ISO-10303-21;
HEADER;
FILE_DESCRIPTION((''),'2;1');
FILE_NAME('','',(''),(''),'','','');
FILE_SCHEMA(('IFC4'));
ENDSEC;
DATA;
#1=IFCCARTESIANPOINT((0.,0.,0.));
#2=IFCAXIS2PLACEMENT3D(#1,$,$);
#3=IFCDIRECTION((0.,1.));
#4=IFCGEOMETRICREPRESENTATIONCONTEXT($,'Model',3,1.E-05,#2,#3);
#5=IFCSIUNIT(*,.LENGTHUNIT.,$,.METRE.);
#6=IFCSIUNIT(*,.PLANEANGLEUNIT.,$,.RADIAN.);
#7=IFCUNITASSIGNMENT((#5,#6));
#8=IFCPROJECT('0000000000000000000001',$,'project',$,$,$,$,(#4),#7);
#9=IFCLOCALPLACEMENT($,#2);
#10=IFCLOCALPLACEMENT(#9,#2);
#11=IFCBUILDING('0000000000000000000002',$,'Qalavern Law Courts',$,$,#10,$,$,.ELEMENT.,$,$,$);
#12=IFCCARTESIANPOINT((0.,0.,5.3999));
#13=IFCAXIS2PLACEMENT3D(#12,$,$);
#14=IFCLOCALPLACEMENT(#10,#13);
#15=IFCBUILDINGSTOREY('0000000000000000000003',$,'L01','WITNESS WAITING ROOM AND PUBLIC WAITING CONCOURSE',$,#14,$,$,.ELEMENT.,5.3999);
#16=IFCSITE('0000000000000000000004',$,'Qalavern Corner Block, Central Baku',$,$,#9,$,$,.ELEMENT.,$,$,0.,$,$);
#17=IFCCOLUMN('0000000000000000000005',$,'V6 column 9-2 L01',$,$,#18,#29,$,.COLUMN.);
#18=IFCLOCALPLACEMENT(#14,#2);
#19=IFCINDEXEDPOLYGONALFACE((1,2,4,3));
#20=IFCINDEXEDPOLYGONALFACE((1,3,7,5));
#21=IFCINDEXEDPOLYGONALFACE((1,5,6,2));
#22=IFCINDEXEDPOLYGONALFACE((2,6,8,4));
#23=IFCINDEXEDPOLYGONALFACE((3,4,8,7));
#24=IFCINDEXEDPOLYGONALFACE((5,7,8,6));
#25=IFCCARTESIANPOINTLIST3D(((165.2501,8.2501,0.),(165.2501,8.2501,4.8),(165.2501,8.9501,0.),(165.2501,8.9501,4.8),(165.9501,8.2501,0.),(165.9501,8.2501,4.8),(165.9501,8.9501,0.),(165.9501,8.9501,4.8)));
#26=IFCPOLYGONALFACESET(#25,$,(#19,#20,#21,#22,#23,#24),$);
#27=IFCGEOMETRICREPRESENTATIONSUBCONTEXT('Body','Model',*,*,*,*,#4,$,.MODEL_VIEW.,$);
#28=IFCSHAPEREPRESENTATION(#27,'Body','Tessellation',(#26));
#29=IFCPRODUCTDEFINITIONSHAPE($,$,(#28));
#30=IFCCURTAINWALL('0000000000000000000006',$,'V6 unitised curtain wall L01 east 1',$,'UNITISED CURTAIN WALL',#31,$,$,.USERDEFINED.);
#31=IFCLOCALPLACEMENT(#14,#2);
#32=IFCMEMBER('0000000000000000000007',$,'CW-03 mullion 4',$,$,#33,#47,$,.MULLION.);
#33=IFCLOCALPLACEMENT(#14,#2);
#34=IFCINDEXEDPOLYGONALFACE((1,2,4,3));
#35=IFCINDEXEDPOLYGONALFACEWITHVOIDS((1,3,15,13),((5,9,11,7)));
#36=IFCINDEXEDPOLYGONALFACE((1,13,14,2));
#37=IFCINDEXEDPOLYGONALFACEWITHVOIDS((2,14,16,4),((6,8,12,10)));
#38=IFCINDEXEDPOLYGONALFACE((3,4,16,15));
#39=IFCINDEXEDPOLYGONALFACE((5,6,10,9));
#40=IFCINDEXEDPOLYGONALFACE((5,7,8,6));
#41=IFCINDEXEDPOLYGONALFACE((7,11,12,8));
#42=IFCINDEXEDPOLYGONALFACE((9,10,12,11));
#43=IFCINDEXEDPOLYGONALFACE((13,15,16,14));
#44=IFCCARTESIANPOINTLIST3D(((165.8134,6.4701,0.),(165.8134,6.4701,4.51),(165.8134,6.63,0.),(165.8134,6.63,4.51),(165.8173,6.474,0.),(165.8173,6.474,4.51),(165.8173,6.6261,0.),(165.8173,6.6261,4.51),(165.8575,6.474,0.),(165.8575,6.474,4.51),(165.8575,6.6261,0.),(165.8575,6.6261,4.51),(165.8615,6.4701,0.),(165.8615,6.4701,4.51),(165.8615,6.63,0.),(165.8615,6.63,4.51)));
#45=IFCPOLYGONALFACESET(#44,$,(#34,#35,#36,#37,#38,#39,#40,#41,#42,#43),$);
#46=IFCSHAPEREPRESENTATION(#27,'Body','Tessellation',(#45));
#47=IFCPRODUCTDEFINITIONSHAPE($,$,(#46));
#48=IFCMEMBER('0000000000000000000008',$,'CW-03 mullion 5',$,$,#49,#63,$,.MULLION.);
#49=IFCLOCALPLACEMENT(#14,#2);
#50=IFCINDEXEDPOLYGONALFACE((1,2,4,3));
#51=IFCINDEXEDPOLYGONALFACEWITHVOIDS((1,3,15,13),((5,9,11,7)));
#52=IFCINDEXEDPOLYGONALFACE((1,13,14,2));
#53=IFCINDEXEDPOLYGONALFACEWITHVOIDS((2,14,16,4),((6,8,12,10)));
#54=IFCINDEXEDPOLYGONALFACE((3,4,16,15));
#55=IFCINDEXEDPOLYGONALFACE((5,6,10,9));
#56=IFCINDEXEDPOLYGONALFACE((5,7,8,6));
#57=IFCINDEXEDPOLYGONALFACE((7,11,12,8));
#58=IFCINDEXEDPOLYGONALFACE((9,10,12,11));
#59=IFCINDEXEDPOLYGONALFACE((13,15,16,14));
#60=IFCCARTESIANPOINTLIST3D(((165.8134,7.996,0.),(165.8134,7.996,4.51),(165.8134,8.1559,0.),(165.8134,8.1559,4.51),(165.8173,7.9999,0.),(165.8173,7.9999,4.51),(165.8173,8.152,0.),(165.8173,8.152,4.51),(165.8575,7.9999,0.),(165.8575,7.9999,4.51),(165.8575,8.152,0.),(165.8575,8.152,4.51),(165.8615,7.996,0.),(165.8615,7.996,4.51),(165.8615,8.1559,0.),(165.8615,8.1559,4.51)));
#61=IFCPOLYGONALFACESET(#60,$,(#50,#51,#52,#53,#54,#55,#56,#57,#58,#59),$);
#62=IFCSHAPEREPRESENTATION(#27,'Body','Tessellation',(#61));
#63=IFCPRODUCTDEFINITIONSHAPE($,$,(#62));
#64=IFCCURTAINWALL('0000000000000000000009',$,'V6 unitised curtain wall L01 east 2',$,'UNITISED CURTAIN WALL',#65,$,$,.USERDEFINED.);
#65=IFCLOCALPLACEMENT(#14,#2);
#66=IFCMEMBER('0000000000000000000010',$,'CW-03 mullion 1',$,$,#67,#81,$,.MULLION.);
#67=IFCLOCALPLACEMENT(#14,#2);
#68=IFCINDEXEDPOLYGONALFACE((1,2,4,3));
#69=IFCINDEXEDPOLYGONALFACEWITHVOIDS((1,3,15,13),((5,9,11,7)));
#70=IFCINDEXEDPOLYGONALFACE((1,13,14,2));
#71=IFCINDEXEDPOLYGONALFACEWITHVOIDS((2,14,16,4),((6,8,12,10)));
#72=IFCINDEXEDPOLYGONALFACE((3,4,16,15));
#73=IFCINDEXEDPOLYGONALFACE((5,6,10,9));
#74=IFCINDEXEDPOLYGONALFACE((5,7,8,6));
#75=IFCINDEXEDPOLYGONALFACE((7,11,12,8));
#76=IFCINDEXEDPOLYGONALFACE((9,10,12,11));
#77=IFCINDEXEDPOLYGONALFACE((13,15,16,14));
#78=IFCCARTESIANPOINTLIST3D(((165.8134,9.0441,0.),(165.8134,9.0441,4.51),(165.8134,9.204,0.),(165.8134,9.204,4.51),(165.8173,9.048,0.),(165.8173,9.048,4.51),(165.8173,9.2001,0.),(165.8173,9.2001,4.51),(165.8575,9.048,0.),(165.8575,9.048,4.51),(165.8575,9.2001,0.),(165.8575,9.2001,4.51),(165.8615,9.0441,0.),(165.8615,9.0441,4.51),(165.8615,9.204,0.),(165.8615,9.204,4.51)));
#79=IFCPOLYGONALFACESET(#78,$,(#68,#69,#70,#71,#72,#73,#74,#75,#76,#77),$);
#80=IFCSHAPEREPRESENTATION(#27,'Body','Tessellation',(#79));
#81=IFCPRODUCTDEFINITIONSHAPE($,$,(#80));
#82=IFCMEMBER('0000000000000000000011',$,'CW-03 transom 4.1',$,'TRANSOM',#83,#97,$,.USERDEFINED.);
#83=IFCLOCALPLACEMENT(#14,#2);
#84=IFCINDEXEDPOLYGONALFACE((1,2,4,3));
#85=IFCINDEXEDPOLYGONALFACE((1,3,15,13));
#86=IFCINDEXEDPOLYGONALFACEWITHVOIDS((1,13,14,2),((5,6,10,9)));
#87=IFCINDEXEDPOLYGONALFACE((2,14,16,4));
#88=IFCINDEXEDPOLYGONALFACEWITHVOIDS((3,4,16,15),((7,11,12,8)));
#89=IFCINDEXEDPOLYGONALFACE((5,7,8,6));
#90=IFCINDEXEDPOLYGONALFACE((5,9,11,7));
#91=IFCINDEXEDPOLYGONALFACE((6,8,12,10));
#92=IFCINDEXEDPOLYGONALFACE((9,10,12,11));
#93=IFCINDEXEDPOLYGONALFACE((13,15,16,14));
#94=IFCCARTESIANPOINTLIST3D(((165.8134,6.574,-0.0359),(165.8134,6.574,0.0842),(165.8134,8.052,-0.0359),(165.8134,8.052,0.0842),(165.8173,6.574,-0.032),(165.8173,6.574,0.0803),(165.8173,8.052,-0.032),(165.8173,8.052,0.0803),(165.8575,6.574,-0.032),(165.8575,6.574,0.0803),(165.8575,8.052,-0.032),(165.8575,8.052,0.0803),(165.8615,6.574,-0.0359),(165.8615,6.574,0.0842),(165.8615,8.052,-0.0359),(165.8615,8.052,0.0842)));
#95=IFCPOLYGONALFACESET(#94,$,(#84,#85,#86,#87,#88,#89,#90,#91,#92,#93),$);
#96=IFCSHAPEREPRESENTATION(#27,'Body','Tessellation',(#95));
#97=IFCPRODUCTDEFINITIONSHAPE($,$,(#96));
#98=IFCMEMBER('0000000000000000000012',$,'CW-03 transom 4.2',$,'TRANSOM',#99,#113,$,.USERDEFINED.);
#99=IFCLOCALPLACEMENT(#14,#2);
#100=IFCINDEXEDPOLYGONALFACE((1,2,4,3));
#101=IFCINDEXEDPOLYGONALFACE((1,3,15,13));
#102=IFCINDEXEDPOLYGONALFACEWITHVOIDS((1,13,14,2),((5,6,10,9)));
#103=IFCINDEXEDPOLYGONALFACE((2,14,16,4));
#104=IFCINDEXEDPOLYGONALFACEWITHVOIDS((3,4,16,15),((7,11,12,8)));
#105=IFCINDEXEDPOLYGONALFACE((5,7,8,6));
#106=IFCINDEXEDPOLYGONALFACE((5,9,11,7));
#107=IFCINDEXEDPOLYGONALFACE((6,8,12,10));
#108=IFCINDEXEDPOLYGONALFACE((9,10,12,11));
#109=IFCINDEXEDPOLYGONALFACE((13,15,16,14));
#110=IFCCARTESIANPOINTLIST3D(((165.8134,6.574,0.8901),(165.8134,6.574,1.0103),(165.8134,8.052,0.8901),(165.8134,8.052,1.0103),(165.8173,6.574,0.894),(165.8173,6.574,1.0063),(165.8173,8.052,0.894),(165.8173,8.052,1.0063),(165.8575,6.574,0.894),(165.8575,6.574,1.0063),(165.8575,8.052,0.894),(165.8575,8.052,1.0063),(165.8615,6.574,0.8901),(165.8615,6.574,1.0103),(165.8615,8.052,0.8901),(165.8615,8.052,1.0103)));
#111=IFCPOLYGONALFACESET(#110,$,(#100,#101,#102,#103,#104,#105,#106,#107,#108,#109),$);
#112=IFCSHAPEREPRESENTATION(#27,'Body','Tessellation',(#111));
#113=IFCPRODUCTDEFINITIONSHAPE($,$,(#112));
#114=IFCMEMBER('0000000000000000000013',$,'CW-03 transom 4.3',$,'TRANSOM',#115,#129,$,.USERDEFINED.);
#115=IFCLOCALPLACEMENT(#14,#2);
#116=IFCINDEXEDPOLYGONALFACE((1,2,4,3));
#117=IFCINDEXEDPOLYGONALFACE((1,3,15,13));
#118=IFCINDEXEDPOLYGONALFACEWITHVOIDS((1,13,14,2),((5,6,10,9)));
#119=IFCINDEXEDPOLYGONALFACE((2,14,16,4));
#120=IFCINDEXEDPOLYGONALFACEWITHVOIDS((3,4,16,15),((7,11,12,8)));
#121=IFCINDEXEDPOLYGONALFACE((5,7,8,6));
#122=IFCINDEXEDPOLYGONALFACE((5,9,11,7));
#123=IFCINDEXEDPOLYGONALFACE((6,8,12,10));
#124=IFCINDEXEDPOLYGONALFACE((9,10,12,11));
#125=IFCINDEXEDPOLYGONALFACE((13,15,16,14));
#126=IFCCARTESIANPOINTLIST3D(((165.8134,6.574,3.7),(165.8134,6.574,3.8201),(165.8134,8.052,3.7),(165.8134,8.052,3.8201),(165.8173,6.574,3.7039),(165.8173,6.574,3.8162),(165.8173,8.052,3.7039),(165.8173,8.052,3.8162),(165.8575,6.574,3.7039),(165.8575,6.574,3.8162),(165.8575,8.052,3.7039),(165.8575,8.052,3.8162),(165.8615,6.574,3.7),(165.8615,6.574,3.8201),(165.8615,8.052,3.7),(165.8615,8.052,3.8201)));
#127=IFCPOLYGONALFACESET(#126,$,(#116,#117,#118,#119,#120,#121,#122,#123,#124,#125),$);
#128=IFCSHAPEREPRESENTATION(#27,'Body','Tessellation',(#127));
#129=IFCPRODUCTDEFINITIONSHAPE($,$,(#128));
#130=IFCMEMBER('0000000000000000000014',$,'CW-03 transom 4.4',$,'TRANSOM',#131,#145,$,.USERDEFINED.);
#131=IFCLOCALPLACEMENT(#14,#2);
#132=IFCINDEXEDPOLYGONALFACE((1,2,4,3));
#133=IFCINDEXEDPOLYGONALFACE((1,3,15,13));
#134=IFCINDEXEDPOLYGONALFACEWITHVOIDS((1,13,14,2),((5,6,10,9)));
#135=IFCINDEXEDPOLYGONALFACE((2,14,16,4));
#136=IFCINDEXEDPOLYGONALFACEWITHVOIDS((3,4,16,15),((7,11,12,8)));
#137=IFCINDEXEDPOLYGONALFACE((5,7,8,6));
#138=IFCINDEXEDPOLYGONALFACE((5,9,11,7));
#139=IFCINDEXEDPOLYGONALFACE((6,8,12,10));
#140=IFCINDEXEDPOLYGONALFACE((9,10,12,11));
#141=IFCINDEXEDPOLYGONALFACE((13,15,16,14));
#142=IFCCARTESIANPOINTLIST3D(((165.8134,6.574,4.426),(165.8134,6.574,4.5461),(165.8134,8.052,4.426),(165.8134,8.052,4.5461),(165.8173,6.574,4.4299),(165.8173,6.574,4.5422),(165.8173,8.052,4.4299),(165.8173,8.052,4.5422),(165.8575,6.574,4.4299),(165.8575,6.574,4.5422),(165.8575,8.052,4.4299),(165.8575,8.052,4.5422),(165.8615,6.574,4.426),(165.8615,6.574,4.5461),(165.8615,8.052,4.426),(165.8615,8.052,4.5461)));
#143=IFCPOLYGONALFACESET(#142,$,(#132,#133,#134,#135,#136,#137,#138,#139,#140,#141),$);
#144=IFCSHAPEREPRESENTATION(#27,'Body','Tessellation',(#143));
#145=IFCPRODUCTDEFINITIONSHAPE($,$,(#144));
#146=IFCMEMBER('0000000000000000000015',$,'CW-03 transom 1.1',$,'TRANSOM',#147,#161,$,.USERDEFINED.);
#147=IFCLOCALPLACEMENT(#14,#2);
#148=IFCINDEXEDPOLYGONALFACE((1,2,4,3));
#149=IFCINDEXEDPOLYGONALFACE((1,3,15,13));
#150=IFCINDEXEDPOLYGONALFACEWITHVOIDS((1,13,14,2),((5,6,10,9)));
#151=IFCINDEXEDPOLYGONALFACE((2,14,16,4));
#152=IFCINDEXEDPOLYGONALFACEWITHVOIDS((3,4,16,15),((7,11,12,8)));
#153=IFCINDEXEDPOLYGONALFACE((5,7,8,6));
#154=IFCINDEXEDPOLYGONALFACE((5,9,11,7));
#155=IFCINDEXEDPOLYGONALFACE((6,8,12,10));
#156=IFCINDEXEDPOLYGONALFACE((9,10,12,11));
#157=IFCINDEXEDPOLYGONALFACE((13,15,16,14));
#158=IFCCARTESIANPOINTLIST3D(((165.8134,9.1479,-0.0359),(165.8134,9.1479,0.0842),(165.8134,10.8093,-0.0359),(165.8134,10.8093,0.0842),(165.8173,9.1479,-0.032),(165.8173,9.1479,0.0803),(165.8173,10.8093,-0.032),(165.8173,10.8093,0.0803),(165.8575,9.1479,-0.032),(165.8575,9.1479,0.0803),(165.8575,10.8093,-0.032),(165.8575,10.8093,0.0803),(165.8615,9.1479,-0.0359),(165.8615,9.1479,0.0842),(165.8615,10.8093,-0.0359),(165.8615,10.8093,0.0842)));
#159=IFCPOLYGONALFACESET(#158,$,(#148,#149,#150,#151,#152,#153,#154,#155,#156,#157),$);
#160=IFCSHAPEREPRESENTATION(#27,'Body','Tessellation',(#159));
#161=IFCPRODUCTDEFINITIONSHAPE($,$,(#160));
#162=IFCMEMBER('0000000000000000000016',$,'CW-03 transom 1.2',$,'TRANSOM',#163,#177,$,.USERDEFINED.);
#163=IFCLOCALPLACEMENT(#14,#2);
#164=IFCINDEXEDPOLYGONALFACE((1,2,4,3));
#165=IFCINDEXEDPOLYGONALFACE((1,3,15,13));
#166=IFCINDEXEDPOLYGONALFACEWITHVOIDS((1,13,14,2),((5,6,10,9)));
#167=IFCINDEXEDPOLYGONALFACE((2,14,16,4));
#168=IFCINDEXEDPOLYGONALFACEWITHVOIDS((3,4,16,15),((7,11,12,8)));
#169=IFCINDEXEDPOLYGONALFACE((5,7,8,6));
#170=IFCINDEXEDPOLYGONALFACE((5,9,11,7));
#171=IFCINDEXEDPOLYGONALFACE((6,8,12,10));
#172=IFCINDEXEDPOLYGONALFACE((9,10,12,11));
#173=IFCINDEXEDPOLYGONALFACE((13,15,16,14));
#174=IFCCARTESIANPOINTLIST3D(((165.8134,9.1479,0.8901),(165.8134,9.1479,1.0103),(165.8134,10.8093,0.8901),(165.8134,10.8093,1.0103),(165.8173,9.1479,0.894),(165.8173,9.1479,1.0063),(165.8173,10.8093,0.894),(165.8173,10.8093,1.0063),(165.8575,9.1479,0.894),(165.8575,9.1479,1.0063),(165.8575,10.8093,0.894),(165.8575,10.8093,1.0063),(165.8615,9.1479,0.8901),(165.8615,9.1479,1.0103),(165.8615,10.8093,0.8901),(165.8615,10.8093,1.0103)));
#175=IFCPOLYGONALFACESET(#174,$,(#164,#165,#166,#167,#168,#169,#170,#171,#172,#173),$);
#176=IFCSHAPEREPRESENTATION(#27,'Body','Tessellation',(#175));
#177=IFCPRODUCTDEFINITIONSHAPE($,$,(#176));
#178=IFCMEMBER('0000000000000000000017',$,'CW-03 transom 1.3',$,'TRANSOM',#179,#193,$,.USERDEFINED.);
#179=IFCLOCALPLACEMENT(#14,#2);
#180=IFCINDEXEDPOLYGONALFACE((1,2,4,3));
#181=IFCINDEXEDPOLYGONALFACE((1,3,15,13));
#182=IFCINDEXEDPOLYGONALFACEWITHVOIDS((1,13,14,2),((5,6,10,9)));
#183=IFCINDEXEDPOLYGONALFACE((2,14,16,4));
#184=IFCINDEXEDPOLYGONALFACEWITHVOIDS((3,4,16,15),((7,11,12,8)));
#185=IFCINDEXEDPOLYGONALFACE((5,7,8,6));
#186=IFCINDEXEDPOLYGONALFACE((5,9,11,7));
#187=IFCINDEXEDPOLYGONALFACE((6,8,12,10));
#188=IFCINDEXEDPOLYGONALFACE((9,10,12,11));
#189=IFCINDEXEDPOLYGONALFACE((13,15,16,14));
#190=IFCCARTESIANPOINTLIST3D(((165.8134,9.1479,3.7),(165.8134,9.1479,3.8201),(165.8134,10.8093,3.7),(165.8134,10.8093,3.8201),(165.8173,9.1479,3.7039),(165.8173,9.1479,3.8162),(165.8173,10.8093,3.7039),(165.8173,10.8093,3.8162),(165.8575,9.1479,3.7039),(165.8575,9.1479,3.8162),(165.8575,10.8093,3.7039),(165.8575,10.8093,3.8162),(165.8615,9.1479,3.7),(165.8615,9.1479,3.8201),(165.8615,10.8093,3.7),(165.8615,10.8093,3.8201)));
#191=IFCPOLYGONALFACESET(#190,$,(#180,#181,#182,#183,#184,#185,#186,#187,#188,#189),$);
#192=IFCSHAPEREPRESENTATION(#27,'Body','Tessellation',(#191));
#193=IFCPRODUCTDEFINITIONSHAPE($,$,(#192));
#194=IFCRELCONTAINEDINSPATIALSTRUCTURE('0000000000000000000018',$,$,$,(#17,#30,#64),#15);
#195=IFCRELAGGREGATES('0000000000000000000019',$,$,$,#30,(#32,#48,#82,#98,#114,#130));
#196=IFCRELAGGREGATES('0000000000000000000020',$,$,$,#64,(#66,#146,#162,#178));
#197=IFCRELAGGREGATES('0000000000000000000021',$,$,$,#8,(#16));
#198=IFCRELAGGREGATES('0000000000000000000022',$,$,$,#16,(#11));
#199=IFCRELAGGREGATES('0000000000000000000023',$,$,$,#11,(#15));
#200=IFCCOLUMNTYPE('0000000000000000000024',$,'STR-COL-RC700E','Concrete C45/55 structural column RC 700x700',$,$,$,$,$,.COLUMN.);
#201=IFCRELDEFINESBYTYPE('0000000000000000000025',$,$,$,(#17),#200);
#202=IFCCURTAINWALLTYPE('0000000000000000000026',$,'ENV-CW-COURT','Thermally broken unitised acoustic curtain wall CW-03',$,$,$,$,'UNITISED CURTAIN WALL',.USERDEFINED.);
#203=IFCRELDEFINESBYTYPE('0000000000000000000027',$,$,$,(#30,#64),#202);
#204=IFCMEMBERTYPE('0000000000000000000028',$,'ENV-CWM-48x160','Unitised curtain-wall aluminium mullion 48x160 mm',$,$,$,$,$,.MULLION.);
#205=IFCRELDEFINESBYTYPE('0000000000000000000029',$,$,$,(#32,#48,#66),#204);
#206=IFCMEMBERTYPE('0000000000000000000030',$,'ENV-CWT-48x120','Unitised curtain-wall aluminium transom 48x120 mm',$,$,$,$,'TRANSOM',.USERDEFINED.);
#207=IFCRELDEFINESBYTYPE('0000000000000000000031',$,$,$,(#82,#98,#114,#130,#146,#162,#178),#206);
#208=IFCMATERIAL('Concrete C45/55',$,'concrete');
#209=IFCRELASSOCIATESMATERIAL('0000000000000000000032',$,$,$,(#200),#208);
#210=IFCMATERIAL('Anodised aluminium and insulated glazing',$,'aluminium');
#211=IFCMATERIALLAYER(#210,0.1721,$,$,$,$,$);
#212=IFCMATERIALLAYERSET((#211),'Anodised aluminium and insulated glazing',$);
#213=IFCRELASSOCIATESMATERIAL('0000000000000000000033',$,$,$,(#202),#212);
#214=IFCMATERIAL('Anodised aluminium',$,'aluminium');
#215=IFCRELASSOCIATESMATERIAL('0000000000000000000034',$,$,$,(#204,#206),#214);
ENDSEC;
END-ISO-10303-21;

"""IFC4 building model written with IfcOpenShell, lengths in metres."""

from ifc_helpers import new_model, si_unit, direction, frame, origin, origin_2d, place, context, subcontext, project, spatial, rectangle, hollow_rectangle, extrude, material, layer, layer_set, material_profile, profile_set, type_object, element, aggregate, save


model = new_model("IFC4")

# Units and contexts
model_context = context("Model", 3, precision=1e-05, world=origin(), true_north=direction((0.0, 1.0)))
body_context = subcontext(model_context, "Body", "Model", "MODEL_VIEW")
ifc_project = project(units=[si_unit("LENGTHUNIT", "METRE"), si_unit("PLANEANGLEUNIT", "RADIAN")], contexts=[model_context])

# Site, building, storey
site_placement = place(None, origin())
site = spatial("IfcSite", under=ifc_project, at=site_placement, Name="Qalavern Corner Block, Central Baku", CompositionType="ELEMENT", RefElevation=0.0)
building_placement = place(site_placement, origin())
building = spatial("IfcBuilding", under=site, at=building_placement, Name="Qalavern Law Courts", CompositionType="ELEMENT")
storey_placement = place(building_placement, frame((0.0, 0.0, 5.3999)))
storey = spatial("IfcBuildingStorey", under=building, at=storey_placement, Name="L01", Description="WITNESS WAITING ROOM AND PUBLIC WAITING CONCOURSE", CompositionType="ELEMENT", Elevation=5.3999)

# Column
ifc_material_1 = material(Name="Concrete C45/55", Category="concrete")
ifc_material_profile_1 = material_profile(ifc_material_1, rectangle(XDim=0.7, YDim=0.7, at=origin_2d()), Name="RC 700x700")
ifc_profile_set_1 = profile_set([ifc_material_profile_1], Name="Concrete C45/55")
column_type = type_object("IfcColumnType", Name="STR-COL-RC700E", Description="Concrete C45/55 structural column RC 700x700", PredefinedType="COLUMN", material=ifc_profile_set_1)
column_placement = place(storey_placement, frame((165.6001, 8.6001, 0.0), z_axis=(0.0, 0.0, 1.0), x_axis=(1.0, 0.0, 0.0)))
element("IfcColumn", 1, at=column_placement, inside=storey, type_object=column_type, Name="V6 column 9-2 L01", PredefinedType="COLUMN", context=body_context, shape_type="SweptSolid", body=[
    extrude(rectangle(XDim=0.7, YDim=0.7, at=origin_2d()), origin(), (0.0, 0.0, 1.0), 4.8),
])

# Curtain wall, members
ifc_material_2 = material(Name="Anodised aluminium and insulated glazing", Category="aluminium")
ifc_layer_1 = layer(ifc_material_2, 0.1721)
ifc_layer_set_1 = layer_set([ifc_layer_1], Name="Anodised aluminium and insulated glazing")
curtain_wall_type = type_object("IfcCurtainWallType", Name="ENV-CW-COURT", Description="Thermally broken unitised acoustic curtain wall CW-03", ElementType="UNITISED CURTAIN WALL", PredefinedType="USERDEFINED", material=ifc_layer_set_1)
curtain_wall_1_placement = place(storey_placement, origin())
curtain_wall_1 = element("IfcCurtainWall", 2, at=curtain_wall_1_placement, inside=storey, type_object=curtain_wall_type, Name="V6 unitised curtain wall L01 east 1", ObjectType="UNITISED CURTAIN WALL", PredefinedType="USERDEFINED")
ifc_material_3 = material(Name="Anodised aluminium", Category="aluminium")
ifc_material_profile_2 = material_profile(ifc_material_3, hollow_rectangle(XDim=0.0481, YDim=0.1599, WallThickness=0.0039, at=origin_2d()), Name="ALU MULLION 48x160")
ifc_profile_set_2 = profile_set([ifc_material_profile_2], Name="Anodised aluminium")
member_type_1 = type_object("IfcMemberType", Name="ENV-CWM-48x160", Description="Unitised curtain-wall aluminium mullion 48x160 mm", PredefinedType="MULLION", material=ifc_profile_set_2)
member_1_placement = place(storey_placement, frame((165.8374, 6.55, 0.0), z_axis=(0.0, 0.0, 1.0), x_axis=(-1.0, 0.0, 0.0)))
member_1 = element("IfcMember", 3, at=member_1_placement, type_object=member_type_1, Name="CW-03 mullion 4", PredefinedType="MULLION", context=body_context, shape_type="SweptSolid", body=[
    extrude(hollow_rectangle(XDim=0.0481, YDim=0.1599, WallThickness=0.0039, at=origin_2d()), origin(), (0.0, 0.0, 1.0), 4.51),
])
member_2_placement = place(storey_placement, frame((165.8374, 8.0759, 0.0), z_axis=(0.0, 0.0, 1.0), x_axis=(-1.0, 0.0, 0.0)))
member_2 = element("IfcMember", 4, at=member_2_placement, type_object=member_type_1, Name="CW-03 mullion 5", PredefinedType="MULLION", context=body_context, shape_type="SweptSolid", body=[
    extrude(hollow_rectangle(XDim=0.0481, YDim=0.1599, WallThickness=0.0039, at=origin_2d()), origin(), (0.0, 0.0, 1.0), 4.51),
])

# Curtain wall, member
curtain_wall_2_placement = place(storey_placement, origin())
curtain_wall_2 = element("IfcCurtainWall", 5, at=curtain_wall_2_placement, inside=storey, type_object=curtain_wall_type, Name="V6 unitised curtain wall L01 east 2", ObjectType="UNITISED CURTAIN WALL", PredefinedType="USERDEFINED")
member_3_placement = place(storey_placement, frame((165.8374, 9.124, 0.0), z_axis=(0.0, 0.0, 1.0), x_axis=(-1.0, 0.0, 0.0)))
member_3 = element("IfcMember", 6, at=member_3_placement, type_object=member_type_1, Name="CW-03 mullion 1", PredefinedType="MULLION", context=body_context, shape_type="SweptSolid", body=[
    extrude(hollow_rectangle(XDim=0.0481, YDim=0.1599, WallThickness=0.0039, at=origin_2d()), origin(), (0.0, 0.0, 1.0), 4.51),
])

# Members
ifc_material_profile_3 = material_profile(ifc_material_3, hollow_rectangle(XDim=0.0481, YDim=0.1201, WallThickness=0.0039, at=origin_2d()), Name="ALU TRANSOM 48x120")
ifc_profile_set_3 = profile_set([ifc_material_profile_3], Name="Anodised aluminium")
member_type_2 = type_object("IfcMemberType", Name="ENV-CWT-48x120", Description="Unitised curtain-wall aluminium transom 48x120 mm", ElementType="TRANSOM", PredefinedType="USERDEFINED", material=ifc_profile_set_3)
member_4_placement = place(storey_placement, frame((165.8374, 6.574, 0.0242), z_axis=(0.0, 1.0, 0.0), x_axis=(-1.0, 0.0, 0.0)))
member_4 = element("IfcMember", 7, at=member_4_placement, type_object=member_type_2, Name="CW-03 transom 4.1", ObjectType="TRANSOM", PredefinedType="USERDEFINED", context=body_context, shape_type="SweptSolid", body=[
    extrude(hollow_rectangle(XDim=0.0481, YDim=0.1201, WallThickness=0.0039, at=origin_2d()), origin(), (0.0, 0.0, 1.0), 1.478),
])
member_5_placement = place(storey_placement, frame((165.8374, 6.574, 0.9502), z_axis=(0.0, 1.0, 0.0), x_axis=(-1.0, 0.0, 0.0)))
member_5 = element("IfcMember", 8, at=member_5_placement, type_object=member_type_2, Name="CW-03 transom 4.2", ObjectType="TRANSOM", PredefinedType="USERDEFINED", context=body_context, shape_type="SweptSolid", body=[
    extrude(hollow_rectangle(XDim=0.0481, YDim=0.1201, WallThickness=0.0039, at=origin_2d()), origin(), (0.0, 0.0, 1.0), 1.478),
])
member_6_placement = place(storey_placement, frame((165.8374, 6.574, 3.76), z_axis=(0.0, 1.0, 0.0), x_axis=(-1.0, 0.0, 0.0)))
member_6 = element("IfcMember", 9, at=member_6_placement, type_object=member_type_2, Name="CW-03 transom 4.3", ObjectType="TRANSOM", PredefinedType="USERDEFINED", context=body_context, shape_type="SweptSolid", body=[
    extrude(hollow_rectangle(XDim=0.0481, YDim=0.1201, WallThickness=0.0039, at=origin_2d()), origin(), (0.0, 0.0, 1.0), 1.478),
])
member_7_placement = place(storey_placement, frame((165.8374, 6.574, 4.4861), z_axis=(0.0, 1.0, 0.0), x_axis=(-1.0, 0.0, 0.0)))
member_7 = element("IfcMember", 10, at=member_7_placement, type_object=member_type_2, Name="CW-03 transom 4.4", ObjectType="TRANSOM", PredefinedType="USERDEFINED", context=body_context, shape_type="SweptSolid", body=[
    extrude(hollow_rectangle(XDim=0.0481, YDim=0.1201, WallThickness=0.0039, at=origin_2d()), origin(), (0.0, 0.0, 1.0), 1.478),
])
member_8_placement = place(storey_placement, frame((165.8374, 9.1479, 0.0242), z_axis=(0.0, 1.0, 0.0), x_axis=(-1.0, 0.0, 0.0)))
member_8 = element("IfcMember", 11, at=member_8_placement, type_object=member_type_2, Name="CW-03 transom 1.1", ObjectType="TRANSOM", PredefinedType="USERDEFINED", context=body_context, shape_type="SweptSolid", body=[
    extrude(hollow_rectangle(XDim=0.0481, YDim=0.1201, WallThickness=0.0039, at=origin_2d()), origin(), (0.0, 0.0, 1.0), 1.6614),
])
member_9_placement = place(storey_placement, frame((165.8374, 9.1479, 0.9502), z_axis=(0.0, 1.0, 0.0), x_axis=(-1.0, 0.0, 0.0)))
member_9 = element("IfcMember", 12, at=member_9_placement, type_object=member_type_2, Name="CW-03 transom 1.2", ObjectType="TRANSOM", PredefinedType="USERDEFINED", context=body_context, shape_type="SweptSolid", body=[
    extrude(hollow_rectangle(XDim=0.0481, YDim=0.1201, WallThickness=0.0039, at=origin_2d()), origin(), (0.0, 0.0, 1.0), 1.6614),
])
member_10_placement = place(storey_placement, frame((165.8374, 9.1479, 3.76), z_axis=(0.0, 1.0, 0.0), x_axis=(-1.0, 0.0, 0.0)))
member_10 = element("IfcMember", 13, at=member_10_placement, type_object=member_type_2, Name="CW-03 transom 1.3", ObjectType="TRANSOM", PredefinedType="USERDEFINED", context=body_context, shape_type="SweptSolid", body=[
    extrude(hollow_rectangle(XDim=0.0481, YDim=0.1201, WallThickness=0.0039, at=origin_2d()), origin(), (0.0, 0.0, 1.0), 1.6614),
])

aggregate(curtain_wall_1, [member_1, member_2, member_4, member_5, member_6, member_7])
aggregate(curtain_wall_2, [member_3, member_8, member_9, member_10])

save(model, "model.ifc")
